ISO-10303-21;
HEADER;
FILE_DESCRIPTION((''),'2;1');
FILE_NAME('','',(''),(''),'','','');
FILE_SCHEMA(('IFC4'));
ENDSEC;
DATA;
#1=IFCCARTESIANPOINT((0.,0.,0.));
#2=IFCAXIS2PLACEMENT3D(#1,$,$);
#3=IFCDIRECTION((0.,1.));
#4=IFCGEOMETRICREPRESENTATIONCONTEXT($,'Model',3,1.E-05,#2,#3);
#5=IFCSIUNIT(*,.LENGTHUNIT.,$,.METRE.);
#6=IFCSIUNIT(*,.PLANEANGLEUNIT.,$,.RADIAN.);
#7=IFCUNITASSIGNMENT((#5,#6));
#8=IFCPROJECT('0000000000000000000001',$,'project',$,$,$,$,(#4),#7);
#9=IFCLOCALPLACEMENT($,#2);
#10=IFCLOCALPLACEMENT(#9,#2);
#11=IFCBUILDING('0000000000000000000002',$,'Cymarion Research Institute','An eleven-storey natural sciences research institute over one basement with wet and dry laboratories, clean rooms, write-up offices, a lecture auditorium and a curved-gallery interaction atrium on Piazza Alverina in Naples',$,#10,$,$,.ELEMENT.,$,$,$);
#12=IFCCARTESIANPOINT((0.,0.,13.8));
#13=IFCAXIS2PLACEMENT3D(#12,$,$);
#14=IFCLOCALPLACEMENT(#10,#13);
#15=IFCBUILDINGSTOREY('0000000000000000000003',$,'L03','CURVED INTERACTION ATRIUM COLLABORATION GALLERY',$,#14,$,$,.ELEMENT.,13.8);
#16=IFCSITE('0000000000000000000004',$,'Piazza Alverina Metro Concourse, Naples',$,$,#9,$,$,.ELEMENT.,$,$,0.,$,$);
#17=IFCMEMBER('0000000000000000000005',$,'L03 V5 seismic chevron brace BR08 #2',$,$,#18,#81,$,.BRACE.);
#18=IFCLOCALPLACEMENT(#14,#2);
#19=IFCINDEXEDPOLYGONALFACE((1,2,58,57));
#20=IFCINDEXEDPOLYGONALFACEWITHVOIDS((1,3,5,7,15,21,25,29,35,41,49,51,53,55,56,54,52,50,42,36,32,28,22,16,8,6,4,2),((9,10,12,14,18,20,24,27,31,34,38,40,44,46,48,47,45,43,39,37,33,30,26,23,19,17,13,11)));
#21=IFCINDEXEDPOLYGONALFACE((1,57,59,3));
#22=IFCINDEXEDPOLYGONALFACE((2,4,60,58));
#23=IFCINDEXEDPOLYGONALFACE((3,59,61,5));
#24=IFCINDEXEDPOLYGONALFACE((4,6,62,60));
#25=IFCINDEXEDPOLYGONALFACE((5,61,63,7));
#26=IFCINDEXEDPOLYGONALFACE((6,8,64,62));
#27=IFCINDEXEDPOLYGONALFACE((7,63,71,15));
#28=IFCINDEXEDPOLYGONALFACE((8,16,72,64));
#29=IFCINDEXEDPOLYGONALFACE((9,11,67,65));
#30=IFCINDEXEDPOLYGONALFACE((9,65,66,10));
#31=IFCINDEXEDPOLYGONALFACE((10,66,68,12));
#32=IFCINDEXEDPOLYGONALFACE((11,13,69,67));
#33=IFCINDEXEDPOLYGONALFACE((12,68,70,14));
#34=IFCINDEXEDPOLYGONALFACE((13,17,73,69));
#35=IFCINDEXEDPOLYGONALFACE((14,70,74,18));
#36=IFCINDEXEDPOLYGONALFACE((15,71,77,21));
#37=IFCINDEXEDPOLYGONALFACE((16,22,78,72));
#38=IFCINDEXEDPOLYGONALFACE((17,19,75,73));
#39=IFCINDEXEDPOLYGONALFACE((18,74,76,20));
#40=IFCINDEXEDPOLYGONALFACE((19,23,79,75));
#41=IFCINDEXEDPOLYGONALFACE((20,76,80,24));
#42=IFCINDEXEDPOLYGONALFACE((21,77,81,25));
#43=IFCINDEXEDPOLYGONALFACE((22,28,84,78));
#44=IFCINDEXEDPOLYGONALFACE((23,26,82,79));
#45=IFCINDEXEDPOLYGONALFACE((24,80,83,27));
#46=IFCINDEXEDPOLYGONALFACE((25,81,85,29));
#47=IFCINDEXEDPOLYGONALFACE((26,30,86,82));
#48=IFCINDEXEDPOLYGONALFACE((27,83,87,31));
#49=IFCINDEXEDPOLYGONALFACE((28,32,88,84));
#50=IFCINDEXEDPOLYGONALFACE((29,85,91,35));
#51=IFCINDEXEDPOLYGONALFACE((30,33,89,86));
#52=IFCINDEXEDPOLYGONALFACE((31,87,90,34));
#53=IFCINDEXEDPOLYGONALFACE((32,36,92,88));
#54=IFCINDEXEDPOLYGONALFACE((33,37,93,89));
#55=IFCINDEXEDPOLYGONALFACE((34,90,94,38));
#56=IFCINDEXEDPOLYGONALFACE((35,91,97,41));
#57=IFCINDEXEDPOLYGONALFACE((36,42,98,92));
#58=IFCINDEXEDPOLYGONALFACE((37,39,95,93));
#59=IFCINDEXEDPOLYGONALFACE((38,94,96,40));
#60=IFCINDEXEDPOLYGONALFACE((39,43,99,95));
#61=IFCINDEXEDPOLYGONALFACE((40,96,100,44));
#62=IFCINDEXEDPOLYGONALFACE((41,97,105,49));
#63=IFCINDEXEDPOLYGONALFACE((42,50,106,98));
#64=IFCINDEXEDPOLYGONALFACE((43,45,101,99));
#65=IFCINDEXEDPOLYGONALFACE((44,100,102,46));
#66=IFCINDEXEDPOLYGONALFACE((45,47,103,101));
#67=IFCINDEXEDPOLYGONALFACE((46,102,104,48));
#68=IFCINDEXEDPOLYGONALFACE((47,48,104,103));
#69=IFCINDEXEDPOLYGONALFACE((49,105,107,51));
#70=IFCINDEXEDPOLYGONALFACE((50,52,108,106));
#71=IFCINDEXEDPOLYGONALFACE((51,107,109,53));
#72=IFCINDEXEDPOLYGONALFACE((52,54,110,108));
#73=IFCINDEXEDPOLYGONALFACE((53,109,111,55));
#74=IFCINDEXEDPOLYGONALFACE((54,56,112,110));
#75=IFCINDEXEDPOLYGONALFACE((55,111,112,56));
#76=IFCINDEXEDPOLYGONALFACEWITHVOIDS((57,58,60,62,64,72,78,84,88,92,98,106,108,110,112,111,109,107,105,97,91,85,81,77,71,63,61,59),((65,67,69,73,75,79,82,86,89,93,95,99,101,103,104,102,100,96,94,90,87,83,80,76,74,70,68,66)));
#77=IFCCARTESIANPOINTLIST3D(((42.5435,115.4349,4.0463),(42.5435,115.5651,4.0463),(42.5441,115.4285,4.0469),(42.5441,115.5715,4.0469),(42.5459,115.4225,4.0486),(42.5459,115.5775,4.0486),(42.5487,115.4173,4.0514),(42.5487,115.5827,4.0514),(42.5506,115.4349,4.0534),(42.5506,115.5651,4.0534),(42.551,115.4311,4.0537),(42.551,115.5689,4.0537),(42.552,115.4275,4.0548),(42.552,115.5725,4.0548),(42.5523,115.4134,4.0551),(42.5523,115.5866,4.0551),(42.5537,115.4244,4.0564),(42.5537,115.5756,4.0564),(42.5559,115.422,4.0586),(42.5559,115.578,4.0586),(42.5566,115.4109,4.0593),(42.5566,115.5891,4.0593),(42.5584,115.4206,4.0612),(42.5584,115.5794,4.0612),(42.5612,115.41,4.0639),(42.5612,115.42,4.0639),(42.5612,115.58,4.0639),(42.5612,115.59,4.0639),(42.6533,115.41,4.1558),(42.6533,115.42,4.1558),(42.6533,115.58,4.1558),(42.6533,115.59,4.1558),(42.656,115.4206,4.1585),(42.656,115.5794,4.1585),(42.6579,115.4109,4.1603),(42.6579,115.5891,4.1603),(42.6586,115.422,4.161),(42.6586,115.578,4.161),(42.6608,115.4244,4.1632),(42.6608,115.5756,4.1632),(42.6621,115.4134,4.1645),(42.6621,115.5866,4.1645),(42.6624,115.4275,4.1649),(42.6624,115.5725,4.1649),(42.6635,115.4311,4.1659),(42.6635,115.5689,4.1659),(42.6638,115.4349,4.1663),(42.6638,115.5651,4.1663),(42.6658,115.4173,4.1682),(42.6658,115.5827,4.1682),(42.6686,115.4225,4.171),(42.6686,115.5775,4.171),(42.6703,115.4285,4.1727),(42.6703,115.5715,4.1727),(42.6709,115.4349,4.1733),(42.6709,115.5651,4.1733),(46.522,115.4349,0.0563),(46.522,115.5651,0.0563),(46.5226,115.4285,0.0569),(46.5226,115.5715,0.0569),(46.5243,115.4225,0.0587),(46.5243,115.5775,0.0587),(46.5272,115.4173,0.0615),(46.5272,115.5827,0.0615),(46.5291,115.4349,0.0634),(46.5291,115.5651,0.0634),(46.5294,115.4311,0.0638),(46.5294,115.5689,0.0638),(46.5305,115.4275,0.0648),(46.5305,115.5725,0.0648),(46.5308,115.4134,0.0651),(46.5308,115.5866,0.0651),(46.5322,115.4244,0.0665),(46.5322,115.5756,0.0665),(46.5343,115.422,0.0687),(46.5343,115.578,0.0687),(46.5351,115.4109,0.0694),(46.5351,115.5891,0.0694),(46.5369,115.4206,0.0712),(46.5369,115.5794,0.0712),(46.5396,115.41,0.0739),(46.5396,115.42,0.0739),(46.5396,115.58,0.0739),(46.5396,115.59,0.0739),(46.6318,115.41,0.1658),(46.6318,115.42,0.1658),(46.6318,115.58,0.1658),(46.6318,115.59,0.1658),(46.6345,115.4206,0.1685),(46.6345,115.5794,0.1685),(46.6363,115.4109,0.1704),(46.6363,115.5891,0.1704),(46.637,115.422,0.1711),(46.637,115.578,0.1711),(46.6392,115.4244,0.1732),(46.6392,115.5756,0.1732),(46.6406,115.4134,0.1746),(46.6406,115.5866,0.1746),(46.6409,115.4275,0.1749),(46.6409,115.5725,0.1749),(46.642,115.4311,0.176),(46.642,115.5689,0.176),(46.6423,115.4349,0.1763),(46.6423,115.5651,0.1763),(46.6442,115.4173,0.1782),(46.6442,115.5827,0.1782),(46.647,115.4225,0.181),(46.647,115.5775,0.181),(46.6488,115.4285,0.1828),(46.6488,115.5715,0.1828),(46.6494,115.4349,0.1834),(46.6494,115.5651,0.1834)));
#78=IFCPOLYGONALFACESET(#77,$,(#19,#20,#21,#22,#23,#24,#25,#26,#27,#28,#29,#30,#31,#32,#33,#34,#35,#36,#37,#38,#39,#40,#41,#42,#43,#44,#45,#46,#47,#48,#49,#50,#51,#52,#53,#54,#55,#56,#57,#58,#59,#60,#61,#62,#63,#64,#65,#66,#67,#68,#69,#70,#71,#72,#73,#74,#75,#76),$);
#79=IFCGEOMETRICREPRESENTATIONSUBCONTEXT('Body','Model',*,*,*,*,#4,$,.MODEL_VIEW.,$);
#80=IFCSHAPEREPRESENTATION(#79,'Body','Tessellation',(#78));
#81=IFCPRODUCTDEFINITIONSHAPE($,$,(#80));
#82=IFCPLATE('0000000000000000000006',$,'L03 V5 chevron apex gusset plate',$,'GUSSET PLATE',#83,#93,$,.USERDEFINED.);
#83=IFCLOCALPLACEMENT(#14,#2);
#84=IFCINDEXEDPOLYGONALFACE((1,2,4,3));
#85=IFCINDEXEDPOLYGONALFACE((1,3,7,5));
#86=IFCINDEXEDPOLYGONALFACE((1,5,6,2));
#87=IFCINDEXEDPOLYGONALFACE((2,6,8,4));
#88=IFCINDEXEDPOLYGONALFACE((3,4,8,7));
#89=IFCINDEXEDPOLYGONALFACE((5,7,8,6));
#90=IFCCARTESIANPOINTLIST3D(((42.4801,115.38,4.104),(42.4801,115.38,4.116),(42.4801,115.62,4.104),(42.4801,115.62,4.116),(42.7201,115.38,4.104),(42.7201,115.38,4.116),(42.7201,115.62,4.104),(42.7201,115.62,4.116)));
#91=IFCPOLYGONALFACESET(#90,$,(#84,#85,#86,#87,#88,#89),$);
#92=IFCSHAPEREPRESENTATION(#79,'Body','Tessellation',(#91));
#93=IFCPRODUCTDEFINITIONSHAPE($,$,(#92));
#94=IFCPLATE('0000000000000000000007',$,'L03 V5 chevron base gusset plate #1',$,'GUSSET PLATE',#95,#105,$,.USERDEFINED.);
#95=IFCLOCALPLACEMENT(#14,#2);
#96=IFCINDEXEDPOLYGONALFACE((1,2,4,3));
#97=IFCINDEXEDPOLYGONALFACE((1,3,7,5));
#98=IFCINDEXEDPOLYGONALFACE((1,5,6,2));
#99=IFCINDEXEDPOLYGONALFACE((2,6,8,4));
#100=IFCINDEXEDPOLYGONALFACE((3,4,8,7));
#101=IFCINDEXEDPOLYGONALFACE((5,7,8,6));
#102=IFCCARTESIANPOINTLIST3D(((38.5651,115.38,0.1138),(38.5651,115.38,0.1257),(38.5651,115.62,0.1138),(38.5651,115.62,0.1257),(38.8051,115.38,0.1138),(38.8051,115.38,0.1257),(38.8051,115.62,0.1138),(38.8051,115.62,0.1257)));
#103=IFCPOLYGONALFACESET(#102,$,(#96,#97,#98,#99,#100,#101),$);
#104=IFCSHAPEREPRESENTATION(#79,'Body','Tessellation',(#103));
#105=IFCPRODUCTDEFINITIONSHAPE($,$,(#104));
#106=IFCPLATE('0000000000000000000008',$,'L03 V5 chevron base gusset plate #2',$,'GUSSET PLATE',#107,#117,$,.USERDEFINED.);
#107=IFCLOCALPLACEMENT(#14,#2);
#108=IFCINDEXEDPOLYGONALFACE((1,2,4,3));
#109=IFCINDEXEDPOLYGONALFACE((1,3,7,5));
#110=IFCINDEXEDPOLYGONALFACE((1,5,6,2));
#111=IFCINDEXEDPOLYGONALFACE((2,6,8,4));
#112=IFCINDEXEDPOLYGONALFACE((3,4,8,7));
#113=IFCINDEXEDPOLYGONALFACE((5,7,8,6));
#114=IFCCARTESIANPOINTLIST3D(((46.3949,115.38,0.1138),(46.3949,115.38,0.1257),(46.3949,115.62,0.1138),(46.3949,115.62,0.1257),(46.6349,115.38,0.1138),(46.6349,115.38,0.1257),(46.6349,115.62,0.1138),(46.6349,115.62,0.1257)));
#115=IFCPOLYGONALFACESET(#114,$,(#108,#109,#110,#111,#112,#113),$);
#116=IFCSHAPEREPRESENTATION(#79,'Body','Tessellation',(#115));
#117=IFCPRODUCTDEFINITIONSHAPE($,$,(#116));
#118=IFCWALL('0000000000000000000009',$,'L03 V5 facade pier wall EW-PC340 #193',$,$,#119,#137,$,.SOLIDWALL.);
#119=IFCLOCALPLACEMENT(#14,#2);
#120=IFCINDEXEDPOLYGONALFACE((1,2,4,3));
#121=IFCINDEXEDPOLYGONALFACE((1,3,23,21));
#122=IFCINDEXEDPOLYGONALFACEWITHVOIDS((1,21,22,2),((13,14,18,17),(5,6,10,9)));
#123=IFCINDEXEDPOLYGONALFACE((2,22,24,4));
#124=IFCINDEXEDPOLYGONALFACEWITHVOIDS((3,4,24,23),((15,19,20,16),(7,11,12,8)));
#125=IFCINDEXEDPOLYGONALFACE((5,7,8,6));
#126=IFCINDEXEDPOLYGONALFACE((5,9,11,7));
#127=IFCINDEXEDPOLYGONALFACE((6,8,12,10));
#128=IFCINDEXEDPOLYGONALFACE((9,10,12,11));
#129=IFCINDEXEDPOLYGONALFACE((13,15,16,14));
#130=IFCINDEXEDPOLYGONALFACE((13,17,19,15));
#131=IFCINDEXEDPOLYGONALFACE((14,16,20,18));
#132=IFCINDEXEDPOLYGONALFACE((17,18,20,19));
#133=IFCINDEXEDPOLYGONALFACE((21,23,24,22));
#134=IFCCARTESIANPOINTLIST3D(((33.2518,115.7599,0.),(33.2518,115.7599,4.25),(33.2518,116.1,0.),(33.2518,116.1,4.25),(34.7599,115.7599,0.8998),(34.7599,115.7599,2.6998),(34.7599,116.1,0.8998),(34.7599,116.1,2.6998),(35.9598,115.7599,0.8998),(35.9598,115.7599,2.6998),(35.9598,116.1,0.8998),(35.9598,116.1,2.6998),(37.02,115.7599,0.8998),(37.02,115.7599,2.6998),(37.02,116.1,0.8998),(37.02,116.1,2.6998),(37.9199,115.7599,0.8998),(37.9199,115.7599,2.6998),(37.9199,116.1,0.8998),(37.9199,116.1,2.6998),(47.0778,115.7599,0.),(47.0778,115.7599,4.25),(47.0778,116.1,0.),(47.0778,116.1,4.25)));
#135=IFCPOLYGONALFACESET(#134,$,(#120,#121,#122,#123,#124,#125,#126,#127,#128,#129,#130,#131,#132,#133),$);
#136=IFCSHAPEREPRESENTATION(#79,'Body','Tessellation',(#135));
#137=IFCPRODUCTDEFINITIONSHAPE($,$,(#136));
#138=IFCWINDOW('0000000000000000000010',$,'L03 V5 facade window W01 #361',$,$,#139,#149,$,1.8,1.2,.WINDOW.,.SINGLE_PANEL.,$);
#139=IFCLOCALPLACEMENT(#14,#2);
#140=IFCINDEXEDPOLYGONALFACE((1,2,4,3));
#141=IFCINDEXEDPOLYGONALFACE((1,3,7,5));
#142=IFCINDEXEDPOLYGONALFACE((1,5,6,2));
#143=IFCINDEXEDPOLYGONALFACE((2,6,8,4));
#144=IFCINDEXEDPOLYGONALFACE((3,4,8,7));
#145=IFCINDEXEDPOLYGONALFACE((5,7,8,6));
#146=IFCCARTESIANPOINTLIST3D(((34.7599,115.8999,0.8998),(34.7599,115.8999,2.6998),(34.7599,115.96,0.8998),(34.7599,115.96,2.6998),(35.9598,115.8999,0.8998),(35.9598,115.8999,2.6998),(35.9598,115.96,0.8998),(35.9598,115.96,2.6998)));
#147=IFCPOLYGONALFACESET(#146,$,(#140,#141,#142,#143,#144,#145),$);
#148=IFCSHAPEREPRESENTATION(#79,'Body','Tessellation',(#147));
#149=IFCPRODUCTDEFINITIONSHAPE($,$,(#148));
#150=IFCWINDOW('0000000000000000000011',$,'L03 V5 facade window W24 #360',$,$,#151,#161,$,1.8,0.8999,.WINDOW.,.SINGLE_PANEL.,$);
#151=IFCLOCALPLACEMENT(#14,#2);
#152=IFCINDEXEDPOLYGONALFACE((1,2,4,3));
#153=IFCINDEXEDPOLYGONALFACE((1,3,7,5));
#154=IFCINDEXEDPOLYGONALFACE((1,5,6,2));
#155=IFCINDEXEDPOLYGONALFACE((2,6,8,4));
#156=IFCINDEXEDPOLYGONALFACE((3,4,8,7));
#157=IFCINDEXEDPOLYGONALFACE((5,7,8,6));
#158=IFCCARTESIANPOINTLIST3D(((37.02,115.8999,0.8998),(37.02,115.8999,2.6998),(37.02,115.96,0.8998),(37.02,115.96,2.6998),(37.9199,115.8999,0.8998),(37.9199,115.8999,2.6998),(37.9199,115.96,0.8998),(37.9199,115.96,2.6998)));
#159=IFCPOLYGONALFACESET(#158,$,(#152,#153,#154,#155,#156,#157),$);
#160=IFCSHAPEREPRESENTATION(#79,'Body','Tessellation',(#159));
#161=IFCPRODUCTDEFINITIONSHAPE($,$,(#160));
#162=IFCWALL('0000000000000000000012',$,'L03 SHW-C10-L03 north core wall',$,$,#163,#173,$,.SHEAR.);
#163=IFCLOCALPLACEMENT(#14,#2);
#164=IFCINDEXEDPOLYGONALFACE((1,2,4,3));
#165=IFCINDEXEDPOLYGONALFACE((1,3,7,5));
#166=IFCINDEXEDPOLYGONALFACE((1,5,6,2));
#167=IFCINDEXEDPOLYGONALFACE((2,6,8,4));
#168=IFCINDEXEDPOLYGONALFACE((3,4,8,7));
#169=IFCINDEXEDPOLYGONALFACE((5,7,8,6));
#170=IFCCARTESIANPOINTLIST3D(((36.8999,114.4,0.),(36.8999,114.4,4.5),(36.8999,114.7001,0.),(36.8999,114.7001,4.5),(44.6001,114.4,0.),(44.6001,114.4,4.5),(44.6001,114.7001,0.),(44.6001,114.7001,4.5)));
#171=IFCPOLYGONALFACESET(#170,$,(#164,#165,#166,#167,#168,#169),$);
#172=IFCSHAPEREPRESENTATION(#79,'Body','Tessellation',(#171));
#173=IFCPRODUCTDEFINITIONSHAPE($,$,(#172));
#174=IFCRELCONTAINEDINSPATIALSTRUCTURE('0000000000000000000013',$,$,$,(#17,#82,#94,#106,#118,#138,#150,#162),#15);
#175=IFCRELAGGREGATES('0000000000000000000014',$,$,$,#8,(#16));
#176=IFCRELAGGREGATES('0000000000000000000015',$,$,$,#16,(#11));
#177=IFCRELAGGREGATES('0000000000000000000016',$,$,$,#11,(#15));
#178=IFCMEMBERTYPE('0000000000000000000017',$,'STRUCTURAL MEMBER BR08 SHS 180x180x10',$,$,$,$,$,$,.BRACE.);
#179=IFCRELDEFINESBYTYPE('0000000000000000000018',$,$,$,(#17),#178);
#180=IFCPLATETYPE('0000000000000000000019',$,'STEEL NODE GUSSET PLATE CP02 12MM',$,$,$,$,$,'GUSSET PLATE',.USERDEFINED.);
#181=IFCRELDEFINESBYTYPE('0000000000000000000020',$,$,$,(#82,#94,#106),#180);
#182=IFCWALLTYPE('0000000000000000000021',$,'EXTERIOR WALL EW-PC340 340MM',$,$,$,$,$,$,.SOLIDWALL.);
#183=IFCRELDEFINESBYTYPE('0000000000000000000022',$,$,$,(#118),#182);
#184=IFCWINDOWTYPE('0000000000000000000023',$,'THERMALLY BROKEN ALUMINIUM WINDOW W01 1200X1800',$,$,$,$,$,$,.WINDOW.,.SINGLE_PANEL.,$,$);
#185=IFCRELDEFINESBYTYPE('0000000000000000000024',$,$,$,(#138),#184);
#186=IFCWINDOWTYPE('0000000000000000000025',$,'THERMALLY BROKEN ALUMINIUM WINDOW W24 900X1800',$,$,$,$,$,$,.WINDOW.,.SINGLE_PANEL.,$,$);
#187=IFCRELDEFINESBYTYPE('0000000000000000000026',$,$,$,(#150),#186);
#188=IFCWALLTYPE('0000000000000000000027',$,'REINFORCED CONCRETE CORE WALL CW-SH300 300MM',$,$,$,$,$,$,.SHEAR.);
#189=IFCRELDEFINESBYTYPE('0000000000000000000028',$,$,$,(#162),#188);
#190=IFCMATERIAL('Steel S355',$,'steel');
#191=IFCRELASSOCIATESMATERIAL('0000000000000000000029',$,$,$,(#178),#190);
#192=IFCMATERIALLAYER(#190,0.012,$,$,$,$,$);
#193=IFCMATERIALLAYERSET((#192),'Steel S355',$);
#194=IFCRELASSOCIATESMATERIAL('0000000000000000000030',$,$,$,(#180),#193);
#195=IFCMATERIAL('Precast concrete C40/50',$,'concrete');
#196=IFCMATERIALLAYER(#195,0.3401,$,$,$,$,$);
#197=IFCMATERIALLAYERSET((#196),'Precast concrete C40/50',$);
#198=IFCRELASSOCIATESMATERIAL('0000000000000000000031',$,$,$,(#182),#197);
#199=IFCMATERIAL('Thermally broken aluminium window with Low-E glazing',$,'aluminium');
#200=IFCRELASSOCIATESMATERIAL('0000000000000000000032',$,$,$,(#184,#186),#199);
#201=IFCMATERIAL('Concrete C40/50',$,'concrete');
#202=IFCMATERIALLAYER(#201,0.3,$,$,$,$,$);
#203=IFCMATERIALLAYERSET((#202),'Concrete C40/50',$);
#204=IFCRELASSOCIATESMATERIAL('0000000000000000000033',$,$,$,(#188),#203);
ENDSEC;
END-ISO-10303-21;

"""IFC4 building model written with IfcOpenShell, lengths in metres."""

from ifc_helpers import new_model, si_unit, direction, frame, frame_2d, origin, origin_2d, place, context, subcontext, project, spatial, rectangle, hollow_rectangle, extrude, material, layer, layer_set, material_profile, profile_set, type_object, element, fill, save


model = new_model("IFC4")

# Units and contexts
model_context = context("Model", 3, precision=1e-05, world=origin(), true_north=direction((0.0, 1.0)))
body_context = subcontext(model_context, "Body", "Model", "MODEL_VIEW")
ifc_project = project(units=[si_unit("LENGTHUNIT", "METRE"), si_unit("PLANEANGLEUNIT", "RADIAN")], contexts=[model_context])

# Site, building, storey
site_placement = place(None, origin())
site = spatial("IfcSite", under=ifc_project, at=site_placement, Name="Piazza Alverina Metro Concourse, Naples", CompositionType="ELEMENT", RefElevation=0.0)
building_placement = place(site_placement, origin())
building = spatial("IfcBuilding", under=site, at=building_placement, Name="Cymarion Research Institute", Description="An eleven-storey natural sciences research institute over one basement with wet and dry laboratories, clean rooms, write-up offices, a lecture auditorium and a curved-gallery interaction atrium on Piazza Alverina in Naples", CompositionType="ELEMENT")
storey_placement = place(building_placement, frame((0.0, 0.0, 13.8)))
storey = spatial("IfcBuildingStorey", under=building, at=storey_placement, Name="L03", Description="CURVED INTERACTION ATRIUM COLLABORATION GALLERY", CompositionType="ELEMENT", Elevation=13.8)

# Shared definitions
ifc_material_1 = material(Name="Steel S355", Category="steel")

# Member
ifc_material_profile_1 = material_profile(ifc_material_1, hollow_rectangle(XDim=0.1799, YDim=0.1799, WallThickness=0.01, InnerFilletRadius=0.0149, OuterFilletRadius=0.0249, at=origin_2d()), Name="SHS 180x180x10")
ifc_profile_set_1 = profile_set([ifc_material_profile_1], Name="Steel S355")
member_type = type_object("IfcMemberType", Name="STRUCTURAL MEMBER BR08 SHS 180x180x10", PredefinedType="BRACE", material=ifc_profile_set_1)
member_1_placement = place(storey_placement, frame((46.5857, 115.5, 0.1199), z_axis=(-0.706088, 0.0, 0.708124), x_axis=(0.0, -1.0, 0.0)))
element("IfcMember", 1, at=member_1_placement, inside=storey, type_object=member_type, Name="L03 V5 seismic chevron brace BR08 #2", PredefinedType="BRACE", context=body_context, shape_type="SweptSolid", body=[
    extrude(hollow_rectangle(XDim=0.1799, YDim=0.1799, WallThickness=0.01, InnerFilletRadius=0.0149, OuterFilletRadius=0.0249, at=origin_2d()), origin(), (0.0, 0.0, 1.0), 5.6345),
])

# Plates
ifc_layer_1 = layer(ifc_material_1, 0.012)
ifc_layer_set_1 = layer_set([ifc_layer_1], Name="Steel S355")
plate_type = type_object("IfcPlateType", Name="STEEL NODE GUSSET PLATE CP02 12MM", ElementType="GUSSET PLATE", PredefinedType="USERDEFINED", material=ifc_layer_set_1)
for number, where, z_axis, x_axis, name in (
    (2, (42.6001, 115.5, 4.104), (0.0, 0.0, 1.0), (1.0, 0.0, 0.0), "L03 V5 chevron apex gusset plate"),
    (3, (38.6851, 115.5, 0.1138), (0.0, 0.0, 1.0), (1.0, 0.0, 0.0), "L03 V5 chevron base gusset plate #1"),
    (4, (46.5149, 115.5, 0.1138), (0.0, 0.0, 1.0), (1.0, 0.0, 0.0), "L03 V5 chevron base gusset plate #2"),
):
    element("IfcPlate", number, at=place(storey_placement, frame(where, z_axis=z_axis, x_axis=x_axis)), inside=storey, type_object=plate_type, Name=name, ObjectType="GUSSET PLATE", PredefinedType="USERDEFINED", context=body_context, shape_type="SweptSolid", body=[
        extrude(rectangle(XDim=0.24, YDim=0.24, at=origin_2d()), origin(), (0.0, 0.0, 1.0), 0.012),
    ])

# Wall, openings, windows
ifc_material_2 = material(Name="Precast concrete C40/50", Category="concrete")
ifc_layer_2 = layer(ifc_material_2, 0.3401)
ifc_layer_set_2 = layer_set([ifc_layer_2], Name="Precast concrete C40/50")
wall_type_1 = type_object("IfcWallType", Name="EXTERIOR WALL EW-PC340 340MM", PredefinedType="SOLIDWALL", material=ifc_layer_set_2)
wall_1_placement = place(storey_placement, frame((47.0779, 115.9299, 0.0), z_axis=(0.0, 0.0, 1.0), x_axis=(-1.0, 0.0, 0.0)))
wall_1 = element("IfcWall", 5, at=wall_1_placement, inside=storey, type_object=wall_type_1, Name="L03 V5 facade pier wall EW-PC340 #193", PredefinedType="SOLIDWALL", context=body_context, shape_type="SweptSolid", body=[
    extrude(rectangle(XDim=13.8259, YDim=0.3401, at=frame_2d((6.9131, 0.0))), origin(), (0.0, 0.0, 1.0), 4.25),
])
opening_1_placement = place(wall_1_placement, frame((9.158, 0.0, 0.8999)))
opening_1 = element("IfcOpeningElement", 6, at=opening_1_placement, cuts=wall_1, PredefinedType="OPENING", context=body_context, shape_type="SweptSolid", body=[
    extrude(rectangle(XDim=0.8999, YDim=1.8, at=frame_2d((0.45, 0.8999))), frame((0.0, 0.1799, 0.0), z_axis=(0.0, -1.0, 0.0), x_axis=(1.0, 0.0, 0.0)), (0.0, 0.0, 1.0), 0.3601),
])
opening_2_placement = place(wall_1_placement, frame((11.1179, 0.0, 0.8999)))
opening_2 = element("IfcOpeningElement", 7, at=opening_2_placement, cuts=wall_1, PredefinedType="OPENING", context=body_context, shape_type="SweptSolid", body=[
    extrude(rectangle(XDim=1.2, YDim=1.8, at=frame_2d((0.6001, 0.8999))), frame((0.0, 0.1799, 0.0), z_axis=(0.0, -1.0, 0.0), x_axis=(1.0, 0.0, 0.0)), (0.0, 0.0, 1.0), 0.3601),
])
ifc_material_3 = material(Name="Thermally broken aluminium window with Low-E glazing", Category="aluminium")
window_type_1 = type_object("IfcWindowType", Name="THERMALLY BROKEN ALUMINIUM WINDOW W01 1200X1800", PartitioningType="SINGLE_PANEL", PredefinedType="WINDOW", material=ifc_material_3)
window_1_placement = place(opening_2_placement, origin())
window_1 = element("IfcWindow", 8, at=window_1_placement, inside=storey, type_object=window_type_1, Name="L03 V5 facade window W01 #361", OverallHeight=1.8, OverallWidth=1.2, PartitioningType="SINGLE_PANEL", PredefinedType="WINDOW", context=body_context, shape_type="SweptSolid", body=[
    extrude(rectangle(XDim=1.2, YDim=1.8, at=frame_2d((0.6001, 0.8999))), frame((0.0, 0.03, 0.0), z_axis=(0.0, -1.0, 0.0), x_axis=(1.0, 0.0, 0.0)), (0.0, 0.0, 1.0), 0.0601),
])
fill(opening_2, window_1)
window_type_2 = type_object("IfcWindowType", Name="THERMALLY BROKEN ALUMINIUM WINDOW W24 900X1800", PartitioningType="SINGLE_PANEL", PredefinedType="WINDOW", material=ifc_material_3)
window_2_placement = place(opening_1_placement, origin())
window_2 = element("IfcWindow", 9, at=window_2_placement, inside=storey, type_object=window_type_2, Name="L03 V5 facade window W24 #360", OverallHeight=1.8, OverallWidth=0.8999, PartitioningType="SINGLE_PANEL", PredefinedType="WINDOW", context=body_context, shape_type="SweptSolid", body=[
    extrude(rectangle(XDim=0.8999, YDim=1.8, at=frame_2d((0.45, 0.8999))), frame((0.0, 0.03, 0.0), z_axis=(0.0, -1.0, 0.0), x_axis=(1.0, 0.0, 0.0)), (0.0, 0.0, 1.0), 0.0601),
])
fill(opening_1, window_2)

# Wall
ifc_material_4 = material(Name="Concrete C40/50", Category="concrete")
ifc_layer_3 = layer(ifc_material_4, 0.3)
ifc_layer_set_3 = layer_set([ifc_layer_3], Name="Concrete C40/50")
wall_type_2 = type_object("IfcWallType", Name="REINFORCED CONCRETE CORE WALL CW-SH300 300MM", PredefinedType="SHEAR", material=ifc_layer_set_3)
wall_2_placement = place(storey_placement, frame((44.6001, 114.55, 0.0), z_axis=(0.0, 0.0, 1.0), x_axis=(-1.0, 0.0, 0.0)))
element("IfcWall", 10, at=wall_2_placement, inside=storey, type_object=wall_type_2, Name="L03 SHW-C10-L03 north core wall", PredefinedType="SHEAR", context=body_context, shape_type="SweptSolid", body=[
    extrude(rectangle(XDim=7.7002, YDim=0.3, at=frame_2d((3.8501, 0.0))), origin(), (0.0, 0.0, 1.0), 4.5),
])

save(model, "model.ifc")
